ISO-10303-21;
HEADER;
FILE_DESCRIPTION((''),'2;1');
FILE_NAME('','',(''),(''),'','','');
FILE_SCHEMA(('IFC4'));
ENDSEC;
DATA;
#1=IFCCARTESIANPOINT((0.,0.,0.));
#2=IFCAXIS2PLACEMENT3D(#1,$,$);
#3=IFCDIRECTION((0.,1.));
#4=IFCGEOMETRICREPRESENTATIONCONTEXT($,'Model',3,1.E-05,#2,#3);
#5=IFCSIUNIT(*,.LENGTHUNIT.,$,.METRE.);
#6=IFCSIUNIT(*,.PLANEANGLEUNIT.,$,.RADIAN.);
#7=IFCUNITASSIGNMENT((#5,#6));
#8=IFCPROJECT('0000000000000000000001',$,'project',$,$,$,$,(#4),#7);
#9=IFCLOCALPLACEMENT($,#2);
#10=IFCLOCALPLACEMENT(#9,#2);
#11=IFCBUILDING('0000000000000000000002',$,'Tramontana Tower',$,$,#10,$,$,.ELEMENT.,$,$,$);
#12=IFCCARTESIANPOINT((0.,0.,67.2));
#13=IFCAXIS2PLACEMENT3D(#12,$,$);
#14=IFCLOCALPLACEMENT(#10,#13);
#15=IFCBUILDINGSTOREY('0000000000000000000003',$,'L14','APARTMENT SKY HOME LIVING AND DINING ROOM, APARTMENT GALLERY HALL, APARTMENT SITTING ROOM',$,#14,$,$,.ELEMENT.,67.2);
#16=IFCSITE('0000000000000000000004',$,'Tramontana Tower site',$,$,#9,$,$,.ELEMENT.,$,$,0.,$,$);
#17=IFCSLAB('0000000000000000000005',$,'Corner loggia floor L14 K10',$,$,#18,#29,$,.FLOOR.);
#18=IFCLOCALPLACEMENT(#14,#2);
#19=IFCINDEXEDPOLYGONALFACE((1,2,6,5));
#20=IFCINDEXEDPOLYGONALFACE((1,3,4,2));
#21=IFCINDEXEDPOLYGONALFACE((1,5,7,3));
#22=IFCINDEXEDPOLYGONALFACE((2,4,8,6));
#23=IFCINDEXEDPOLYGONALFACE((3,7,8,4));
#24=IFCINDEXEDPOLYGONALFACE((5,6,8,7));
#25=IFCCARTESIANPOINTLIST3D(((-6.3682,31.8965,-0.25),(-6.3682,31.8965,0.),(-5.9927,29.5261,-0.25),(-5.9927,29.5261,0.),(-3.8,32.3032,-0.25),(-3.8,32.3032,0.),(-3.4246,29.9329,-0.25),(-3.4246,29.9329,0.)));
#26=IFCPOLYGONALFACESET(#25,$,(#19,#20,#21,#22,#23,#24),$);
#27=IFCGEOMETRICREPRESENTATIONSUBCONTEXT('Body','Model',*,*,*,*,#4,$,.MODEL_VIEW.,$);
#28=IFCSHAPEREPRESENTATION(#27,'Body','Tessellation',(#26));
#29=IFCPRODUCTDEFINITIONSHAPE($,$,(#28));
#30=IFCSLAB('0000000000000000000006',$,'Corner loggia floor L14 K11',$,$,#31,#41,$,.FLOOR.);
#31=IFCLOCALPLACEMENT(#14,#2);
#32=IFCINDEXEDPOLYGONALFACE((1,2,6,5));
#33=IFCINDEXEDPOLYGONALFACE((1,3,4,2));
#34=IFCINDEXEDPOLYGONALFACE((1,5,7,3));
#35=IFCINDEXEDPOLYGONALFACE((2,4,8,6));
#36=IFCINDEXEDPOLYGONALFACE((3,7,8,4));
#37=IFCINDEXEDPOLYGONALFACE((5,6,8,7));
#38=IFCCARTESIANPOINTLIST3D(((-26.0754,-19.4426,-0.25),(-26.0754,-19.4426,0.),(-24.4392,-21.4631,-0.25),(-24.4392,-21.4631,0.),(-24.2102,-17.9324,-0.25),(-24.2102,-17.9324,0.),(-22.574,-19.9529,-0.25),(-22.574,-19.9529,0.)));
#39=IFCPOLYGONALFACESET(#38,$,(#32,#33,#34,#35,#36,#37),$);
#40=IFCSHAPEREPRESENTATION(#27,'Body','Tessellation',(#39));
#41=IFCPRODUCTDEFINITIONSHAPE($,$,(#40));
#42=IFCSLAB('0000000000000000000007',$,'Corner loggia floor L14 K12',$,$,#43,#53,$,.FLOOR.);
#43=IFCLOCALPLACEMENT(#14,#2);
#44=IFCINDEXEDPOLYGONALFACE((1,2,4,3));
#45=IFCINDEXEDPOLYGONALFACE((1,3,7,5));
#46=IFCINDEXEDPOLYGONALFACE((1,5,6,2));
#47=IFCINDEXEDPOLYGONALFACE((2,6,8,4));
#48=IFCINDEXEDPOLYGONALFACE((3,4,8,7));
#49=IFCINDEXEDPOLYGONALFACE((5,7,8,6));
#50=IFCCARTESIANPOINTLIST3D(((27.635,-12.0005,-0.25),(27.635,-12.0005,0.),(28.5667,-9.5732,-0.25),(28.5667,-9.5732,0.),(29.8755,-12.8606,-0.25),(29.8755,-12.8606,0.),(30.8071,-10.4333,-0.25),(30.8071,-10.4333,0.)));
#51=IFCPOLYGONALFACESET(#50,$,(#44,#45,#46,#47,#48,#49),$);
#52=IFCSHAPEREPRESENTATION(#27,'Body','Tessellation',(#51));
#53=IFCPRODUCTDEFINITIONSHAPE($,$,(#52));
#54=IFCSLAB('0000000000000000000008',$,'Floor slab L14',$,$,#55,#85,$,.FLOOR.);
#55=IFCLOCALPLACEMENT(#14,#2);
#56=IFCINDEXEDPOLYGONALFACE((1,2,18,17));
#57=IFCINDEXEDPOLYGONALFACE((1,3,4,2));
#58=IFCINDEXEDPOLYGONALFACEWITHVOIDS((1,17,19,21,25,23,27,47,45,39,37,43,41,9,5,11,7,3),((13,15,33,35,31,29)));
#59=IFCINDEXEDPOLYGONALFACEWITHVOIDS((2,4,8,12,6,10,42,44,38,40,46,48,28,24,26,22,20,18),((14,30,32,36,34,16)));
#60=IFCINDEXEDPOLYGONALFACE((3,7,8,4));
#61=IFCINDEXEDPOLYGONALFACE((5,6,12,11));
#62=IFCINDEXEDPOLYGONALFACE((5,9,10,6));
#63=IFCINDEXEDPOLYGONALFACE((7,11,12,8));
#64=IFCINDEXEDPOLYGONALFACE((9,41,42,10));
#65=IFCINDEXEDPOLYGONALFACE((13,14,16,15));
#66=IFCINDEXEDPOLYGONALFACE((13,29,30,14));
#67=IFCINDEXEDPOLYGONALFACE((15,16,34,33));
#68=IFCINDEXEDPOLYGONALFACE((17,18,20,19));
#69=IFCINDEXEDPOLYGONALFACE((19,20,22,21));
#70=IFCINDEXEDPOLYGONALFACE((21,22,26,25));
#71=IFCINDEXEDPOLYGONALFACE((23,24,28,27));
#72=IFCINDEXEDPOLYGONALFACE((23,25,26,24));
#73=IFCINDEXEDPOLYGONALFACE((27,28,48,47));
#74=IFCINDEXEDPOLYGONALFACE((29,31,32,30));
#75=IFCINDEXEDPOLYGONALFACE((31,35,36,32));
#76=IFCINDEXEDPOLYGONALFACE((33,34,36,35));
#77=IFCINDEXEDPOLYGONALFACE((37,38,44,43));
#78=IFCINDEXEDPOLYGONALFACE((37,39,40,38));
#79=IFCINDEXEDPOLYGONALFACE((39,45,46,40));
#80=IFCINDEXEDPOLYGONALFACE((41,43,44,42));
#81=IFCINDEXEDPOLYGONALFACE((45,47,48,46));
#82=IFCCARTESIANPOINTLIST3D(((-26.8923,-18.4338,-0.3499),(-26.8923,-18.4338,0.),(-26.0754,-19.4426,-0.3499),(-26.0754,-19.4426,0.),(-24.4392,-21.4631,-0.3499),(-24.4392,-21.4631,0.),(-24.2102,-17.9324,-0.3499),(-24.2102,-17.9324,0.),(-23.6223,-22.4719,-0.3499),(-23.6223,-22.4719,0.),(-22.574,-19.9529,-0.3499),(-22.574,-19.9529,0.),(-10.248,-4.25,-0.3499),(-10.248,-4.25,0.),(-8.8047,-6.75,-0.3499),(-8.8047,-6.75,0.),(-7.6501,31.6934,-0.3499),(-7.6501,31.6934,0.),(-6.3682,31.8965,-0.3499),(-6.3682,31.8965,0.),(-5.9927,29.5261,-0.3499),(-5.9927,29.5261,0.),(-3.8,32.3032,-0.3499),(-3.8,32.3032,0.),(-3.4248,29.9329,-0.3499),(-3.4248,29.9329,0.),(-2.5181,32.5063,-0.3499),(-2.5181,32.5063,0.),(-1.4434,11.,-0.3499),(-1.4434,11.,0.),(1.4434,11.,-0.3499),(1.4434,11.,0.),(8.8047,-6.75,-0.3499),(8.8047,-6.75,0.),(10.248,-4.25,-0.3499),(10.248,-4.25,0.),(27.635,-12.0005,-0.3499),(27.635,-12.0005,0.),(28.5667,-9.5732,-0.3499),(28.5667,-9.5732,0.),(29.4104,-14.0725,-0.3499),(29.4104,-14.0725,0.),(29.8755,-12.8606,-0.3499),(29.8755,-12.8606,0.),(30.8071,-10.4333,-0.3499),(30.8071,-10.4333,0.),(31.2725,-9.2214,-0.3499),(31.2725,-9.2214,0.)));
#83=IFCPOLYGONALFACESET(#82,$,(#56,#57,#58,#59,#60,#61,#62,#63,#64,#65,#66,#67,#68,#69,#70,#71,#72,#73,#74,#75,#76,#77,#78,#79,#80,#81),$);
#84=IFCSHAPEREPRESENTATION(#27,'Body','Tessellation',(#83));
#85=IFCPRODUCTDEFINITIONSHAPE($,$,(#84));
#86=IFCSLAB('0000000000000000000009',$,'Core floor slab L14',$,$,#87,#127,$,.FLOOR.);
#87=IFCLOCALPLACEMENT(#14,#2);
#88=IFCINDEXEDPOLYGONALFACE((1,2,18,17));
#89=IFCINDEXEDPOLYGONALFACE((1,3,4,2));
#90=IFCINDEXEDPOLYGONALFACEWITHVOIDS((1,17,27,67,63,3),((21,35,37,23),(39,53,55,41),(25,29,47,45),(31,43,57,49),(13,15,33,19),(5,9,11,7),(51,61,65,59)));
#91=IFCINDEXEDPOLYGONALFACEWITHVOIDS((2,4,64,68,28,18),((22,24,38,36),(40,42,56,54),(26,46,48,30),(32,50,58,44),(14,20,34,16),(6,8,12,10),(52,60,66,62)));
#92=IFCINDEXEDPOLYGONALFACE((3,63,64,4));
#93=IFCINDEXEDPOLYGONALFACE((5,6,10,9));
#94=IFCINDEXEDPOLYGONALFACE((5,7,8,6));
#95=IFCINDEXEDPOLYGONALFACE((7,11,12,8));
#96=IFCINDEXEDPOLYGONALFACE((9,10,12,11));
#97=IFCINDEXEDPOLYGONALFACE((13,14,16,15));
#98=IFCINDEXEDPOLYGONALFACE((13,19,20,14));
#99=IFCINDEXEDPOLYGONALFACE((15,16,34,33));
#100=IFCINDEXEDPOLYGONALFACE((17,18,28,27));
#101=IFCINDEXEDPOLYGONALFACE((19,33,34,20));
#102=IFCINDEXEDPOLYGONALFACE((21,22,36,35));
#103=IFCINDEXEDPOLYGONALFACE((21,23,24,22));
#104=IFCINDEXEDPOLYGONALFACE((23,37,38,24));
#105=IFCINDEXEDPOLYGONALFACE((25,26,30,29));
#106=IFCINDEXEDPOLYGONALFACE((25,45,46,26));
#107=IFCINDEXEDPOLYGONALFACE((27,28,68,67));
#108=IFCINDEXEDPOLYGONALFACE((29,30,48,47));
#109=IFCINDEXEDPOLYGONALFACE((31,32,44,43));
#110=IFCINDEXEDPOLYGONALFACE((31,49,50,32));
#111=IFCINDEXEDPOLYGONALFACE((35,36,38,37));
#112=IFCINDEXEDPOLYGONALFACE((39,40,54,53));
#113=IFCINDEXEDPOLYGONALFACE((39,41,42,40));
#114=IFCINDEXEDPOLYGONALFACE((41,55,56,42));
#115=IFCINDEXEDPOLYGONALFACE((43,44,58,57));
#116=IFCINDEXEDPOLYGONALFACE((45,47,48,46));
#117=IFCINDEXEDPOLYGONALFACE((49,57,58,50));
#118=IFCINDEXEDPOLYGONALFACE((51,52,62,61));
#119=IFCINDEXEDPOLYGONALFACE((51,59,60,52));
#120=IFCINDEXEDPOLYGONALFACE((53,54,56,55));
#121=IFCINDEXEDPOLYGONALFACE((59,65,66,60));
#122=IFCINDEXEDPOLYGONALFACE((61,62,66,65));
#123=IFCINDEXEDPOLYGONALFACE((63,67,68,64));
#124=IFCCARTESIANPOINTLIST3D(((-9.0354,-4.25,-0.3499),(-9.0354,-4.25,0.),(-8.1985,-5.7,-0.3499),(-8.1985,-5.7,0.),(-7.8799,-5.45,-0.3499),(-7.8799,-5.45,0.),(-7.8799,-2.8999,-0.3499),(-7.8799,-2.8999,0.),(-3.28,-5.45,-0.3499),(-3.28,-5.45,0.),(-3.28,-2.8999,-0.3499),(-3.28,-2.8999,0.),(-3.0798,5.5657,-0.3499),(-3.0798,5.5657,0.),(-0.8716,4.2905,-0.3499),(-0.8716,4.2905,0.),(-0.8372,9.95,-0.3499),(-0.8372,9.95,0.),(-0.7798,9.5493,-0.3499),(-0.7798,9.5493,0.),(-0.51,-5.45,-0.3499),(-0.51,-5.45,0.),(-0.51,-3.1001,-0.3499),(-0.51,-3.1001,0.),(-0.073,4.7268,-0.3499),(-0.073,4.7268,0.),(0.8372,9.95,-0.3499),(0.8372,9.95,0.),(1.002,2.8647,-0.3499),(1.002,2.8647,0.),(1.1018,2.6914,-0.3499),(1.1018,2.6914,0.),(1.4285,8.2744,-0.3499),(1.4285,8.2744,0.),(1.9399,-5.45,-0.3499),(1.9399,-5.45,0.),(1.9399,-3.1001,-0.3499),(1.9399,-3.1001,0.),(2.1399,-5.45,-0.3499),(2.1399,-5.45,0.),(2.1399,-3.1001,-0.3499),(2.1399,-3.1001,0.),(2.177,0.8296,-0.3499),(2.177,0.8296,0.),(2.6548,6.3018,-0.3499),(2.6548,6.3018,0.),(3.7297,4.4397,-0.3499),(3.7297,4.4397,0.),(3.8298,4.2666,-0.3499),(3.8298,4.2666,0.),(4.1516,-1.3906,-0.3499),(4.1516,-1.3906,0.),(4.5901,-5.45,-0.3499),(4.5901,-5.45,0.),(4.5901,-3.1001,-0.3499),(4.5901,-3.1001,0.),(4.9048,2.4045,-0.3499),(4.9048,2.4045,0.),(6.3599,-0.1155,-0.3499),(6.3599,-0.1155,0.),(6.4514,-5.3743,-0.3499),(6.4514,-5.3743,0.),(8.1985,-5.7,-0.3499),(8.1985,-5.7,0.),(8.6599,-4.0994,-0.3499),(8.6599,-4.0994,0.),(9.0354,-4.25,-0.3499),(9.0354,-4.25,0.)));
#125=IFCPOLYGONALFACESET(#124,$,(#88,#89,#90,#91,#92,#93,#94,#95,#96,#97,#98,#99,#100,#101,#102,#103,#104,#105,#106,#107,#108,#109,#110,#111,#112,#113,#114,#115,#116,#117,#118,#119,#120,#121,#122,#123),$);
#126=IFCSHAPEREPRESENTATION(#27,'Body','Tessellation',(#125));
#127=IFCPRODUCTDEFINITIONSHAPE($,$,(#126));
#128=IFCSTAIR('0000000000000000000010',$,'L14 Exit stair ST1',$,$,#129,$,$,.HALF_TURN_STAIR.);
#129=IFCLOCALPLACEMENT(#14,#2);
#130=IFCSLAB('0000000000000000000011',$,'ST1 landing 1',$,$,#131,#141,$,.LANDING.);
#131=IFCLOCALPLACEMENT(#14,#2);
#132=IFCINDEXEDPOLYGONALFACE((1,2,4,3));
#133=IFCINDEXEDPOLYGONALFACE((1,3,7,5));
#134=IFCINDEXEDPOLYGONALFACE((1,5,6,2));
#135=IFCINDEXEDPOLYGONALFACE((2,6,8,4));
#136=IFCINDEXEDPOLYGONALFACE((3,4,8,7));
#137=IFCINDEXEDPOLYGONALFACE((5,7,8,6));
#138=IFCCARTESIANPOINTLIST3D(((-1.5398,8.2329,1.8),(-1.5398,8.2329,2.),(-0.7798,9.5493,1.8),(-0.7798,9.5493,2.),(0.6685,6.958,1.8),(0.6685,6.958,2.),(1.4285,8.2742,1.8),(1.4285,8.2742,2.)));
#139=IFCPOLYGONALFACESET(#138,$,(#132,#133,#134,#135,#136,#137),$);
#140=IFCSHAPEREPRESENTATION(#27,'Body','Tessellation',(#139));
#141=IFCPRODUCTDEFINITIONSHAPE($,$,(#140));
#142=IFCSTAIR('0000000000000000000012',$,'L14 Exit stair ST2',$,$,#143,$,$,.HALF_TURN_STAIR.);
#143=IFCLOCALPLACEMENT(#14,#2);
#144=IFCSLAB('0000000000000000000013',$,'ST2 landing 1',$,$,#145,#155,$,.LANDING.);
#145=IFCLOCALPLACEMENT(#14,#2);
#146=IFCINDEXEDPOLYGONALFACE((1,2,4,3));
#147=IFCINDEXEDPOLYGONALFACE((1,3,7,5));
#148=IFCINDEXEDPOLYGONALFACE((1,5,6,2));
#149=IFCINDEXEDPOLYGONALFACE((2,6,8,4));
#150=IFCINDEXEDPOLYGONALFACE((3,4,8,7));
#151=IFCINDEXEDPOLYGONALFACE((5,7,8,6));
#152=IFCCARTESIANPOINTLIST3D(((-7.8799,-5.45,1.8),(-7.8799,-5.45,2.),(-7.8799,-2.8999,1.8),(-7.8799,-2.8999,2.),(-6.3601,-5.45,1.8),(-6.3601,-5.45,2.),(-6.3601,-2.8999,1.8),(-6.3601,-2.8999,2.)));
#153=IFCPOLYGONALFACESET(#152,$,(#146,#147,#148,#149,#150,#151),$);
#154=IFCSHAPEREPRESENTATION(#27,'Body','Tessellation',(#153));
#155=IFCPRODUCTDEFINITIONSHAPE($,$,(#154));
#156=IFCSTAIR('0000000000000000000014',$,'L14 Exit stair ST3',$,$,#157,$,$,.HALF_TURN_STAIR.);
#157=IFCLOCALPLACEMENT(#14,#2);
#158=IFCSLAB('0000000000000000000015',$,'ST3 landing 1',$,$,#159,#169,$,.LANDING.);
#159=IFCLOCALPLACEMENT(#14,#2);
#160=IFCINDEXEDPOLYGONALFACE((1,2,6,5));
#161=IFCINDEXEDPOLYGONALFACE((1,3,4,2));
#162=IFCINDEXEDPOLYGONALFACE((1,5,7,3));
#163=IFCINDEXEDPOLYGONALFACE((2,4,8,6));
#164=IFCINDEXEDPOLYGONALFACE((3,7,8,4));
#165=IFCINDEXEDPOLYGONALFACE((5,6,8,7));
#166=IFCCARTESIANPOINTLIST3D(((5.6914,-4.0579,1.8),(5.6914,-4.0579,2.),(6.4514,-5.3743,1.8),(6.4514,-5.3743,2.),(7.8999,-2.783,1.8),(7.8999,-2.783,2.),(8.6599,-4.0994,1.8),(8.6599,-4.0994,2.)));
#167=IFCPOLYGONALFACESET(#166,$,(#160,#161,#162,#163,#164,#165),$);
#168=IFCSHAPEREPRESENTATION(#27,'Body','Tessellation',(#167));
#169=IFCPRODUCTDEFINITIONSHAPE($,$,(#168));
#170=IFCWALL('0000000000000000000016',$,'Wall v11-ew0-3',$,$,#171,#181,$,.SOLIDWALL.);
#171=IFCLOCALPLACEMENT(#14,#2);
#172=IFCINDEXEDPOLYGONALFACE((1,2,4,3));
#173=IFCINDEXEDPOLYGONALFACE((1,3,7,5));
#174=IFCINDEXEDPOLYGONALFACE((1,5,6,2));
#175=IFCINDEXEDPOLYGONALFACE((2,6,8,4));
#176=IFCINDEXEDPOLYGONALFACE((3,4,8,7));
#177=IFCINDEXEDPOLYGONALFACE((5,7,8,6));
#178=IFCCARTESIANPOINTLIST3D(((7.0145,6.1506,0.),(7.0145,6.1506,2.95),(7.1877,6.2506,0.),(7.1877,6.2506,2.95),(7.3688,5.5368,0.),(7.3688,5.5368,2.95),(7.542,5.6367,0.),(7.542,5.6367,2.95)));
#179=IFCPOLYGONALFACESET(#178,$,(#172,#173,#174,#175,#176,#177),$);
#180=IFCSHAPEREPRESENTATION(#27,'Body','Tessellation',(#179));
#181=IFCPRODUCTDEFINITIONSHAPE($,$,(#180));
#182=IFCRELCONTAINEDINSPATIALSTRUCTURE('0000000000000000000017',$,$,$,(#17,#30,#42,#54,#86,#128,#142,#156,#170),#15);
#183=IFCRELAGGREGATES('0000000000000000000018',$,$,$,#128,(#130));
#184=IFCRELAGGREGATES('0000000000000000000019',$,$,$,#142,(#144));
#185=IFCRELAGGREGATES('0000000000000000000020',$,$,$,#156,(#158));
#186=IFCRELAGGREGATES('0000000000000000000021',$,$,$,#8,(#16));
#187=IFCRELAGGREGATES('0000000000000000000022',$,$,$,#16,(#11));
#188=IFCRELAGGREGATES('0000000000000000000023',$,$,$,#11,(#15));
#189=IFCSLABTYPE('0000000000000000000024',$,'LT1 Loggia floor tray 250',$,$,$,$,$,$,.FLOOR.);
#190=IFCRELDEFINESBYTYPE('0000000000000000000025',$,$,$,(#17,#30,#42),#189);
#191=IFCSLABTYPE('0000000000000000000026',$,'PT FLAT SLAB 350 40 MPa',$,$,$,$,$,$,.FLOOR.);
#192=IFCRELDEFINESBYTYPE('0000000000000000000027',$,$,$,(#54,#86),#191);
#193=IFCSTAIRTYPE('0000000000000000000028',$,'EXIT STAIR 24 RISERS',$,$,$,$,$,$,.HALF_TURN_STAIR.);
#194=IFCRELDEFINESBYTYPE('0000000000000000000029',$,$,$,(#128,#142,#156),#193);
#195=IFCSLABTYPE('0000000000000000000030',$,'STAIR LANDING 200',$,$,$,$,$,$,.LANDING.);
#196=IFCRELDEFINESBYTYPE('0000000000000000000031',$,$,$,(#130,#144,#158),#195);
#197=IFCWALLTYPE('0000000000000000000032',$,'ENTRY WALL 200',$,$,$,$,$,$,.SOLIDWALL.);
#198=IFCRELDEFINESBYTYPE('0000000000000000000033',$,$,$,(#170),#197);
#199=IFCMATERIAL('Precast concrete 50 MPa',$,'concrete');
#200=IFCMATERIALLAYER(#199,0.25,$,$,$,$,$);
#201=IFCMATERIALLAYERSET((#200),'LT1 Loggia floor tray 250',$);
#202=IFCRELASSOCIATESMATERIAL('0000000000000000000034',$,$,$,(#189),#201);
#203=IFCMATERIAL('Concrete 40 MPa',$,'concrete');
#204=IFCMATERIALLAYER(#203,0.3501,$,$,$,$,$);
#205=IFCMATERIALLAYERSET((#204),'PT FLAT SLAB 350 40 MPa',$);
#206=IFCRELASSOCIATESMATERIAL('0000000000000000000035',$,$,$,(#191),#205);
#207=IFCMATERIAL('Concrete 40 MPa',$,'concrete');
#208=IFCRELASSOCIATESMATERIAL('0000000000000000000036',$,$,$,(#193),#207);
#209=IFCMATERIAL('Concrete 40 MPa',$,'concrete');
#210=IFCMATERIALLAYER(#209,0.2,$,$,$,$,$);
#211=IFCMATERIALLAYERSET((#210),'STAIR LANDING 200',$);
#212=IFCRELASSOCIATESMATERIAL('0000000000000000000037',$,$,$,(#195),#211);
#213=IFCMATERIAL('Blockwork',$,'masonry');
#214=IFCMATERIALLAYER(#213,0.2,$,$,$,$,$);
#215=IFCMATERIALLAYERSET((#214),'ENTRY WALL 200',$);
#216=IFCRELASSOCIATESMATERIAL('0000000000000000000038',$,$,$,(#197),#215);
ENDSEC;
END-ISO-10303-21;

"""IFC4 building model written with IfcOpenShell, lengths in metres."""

from ifc_helpers import new_model, si_unit, direction, frame, frame_2d, origin, place, context, subcontext, project, spatial, polyline, rectangle, outline, extrude, material, layer, layer_set, type_object, element, aggregate, save


model = new_model("IFC4")

# Units and contexts
model_context = context("Model", 3, precision=1e-05, world=origin(), true_north=direction((0.0, 1.0)))
body_context = subcontext(model_context, "Body", "Model", "MODEL_VIEW")
ifc_project = project(units=[si_unit("LENGTHUNIT", "METRE"), si_unit("PLANEANGLEUNIT", "RADIAN")], contexts=[model_context])

# Site, building, storey
site_placement = place(None, origin())
site = spatial("IfcSite", under=ifc_project, at=site_placement, Name="Tramontana Tower site", CompositionType="ELEMENT", RefElevation=0.0)
building_placement = place(site_placement, origin())
building = spatial("IfcBuilding", under=site, at=building_placement, Name="Tramontana Tower", CompositionType="ELEMENT")
storey_placement = place(building_placement, frame((0.0, 0.0, 67.2)))
storey = spatial("IfcBuildingStorey", under=building, at=storey_placement, Name="L14", Description="APARTMENT SKY HOME LIVING AND DINING ROOM, APARTMENT GALLERY HALL, APARTMENT SITTING ROOM", CompositionType="ELEMENT", Elevation=67.2)

# Slabs
ifc_material_1 = material(Name="Precast concrete 50 MPa", Category="concrete")
ifc_layer_1 = layer(ifc_material_1, 0.25)
ifc_layer_set_1 = layer_set([ifc_layer_1], Name="LT1 Loggia floor tray 250")
slab_type_1 = type_object("IfcSlabType", Name="LT1 Loggia floor tray 250", PredefinedType="FLOOR", material=ifc_layer_set_1)
slab_1_placement = place(storey_placement, frame((0.0, 0.0, -0.25)))
element("IfcSlab", 1, at=slab_1_placement, inside=storey, type_object=slab_type_1, Name="Corner loggia floor L14 K10", PredefinedType="FLOOR", context=body_context, shape_type="SweptSolid", body=[
    extrude(outline(polyline([(-3.8, 32.3032), (-3.4246, 29.9329), (-5.9927, 29.5261), (-6.3682, 31.8965), (-3.8, 32.3032)])), origin(), (0.0, 0.0, 1.0), 0.25),
])
slab_2_placement = place(storey_placement, frame((0.0, 0.0, -0.25)))
element("IfcSlab", 2, at=slab_2_placement, inside=storey, type_object=slab_type_1, Name="Corner loggia floor L14 K11", PredefinedType="FLOOR", context=body_context, shape_type="SweptSolid", body=[
    extrude(outline(polyline([(-26.0754, -19.4426), (-24.2102, -17.9324), (-22.574, -19.9529), (-24.4392, -21.4631), (-26.0754, -19.4426)])), origin(), (0.0, 0.0, 1.0), 0.25),
])
slab_3_placement = place(storey_placement, frame((0.0, 0.0, -0.25)))
element("IfcSlab", 3, at=slab_3_placement, inside=storey, type_object=slab_type_1, Name="Corner loggia floor L14 K12", PredefinedType="FLOOR", context=body_context, shape_type="SweptSolid", body=[
    extrude(outline(polyline([(29.8755, -12.8606), (27.635, -12.0005), (28.5667, -9.5732), (30.8071, -10.4333), (29.8755, -12.8606)])), origin(), (0.0, 0.0, 1.0), 0.25),
])
ifc_material_2 = material(Name="Concrete 40 MPa", Category="concrete")
ifc_layer_2 = layer(ifc_material_2, 0.3501)
ifc_layer_set_2 = layer_set([ifc_layer_2], Name="PT FLAT SLAB 350 40 MPa")
slab_type_2 = type_object("IfcSlabType", Name="PT FLAT SLAB 350 40 MPa", PredefinedType="FLOOR", material=ifc_layer_set_2)
slab_4_placement = place(storey_placement, frame((0.0, 0.0, -0.3499)))
element("IfcSlab", 4, at=slab_4_placement, inside=storey, type_object=slab_type_2, Name="Floor slab L14", PredefinedType="FLOOR", context=body_context, shape_type="SweptSolid", body=[
    extrude(outline(polyline([(30.8071, -10.4333), (28.5667, -9.5732), (27.635, -12.0005), (29.8755, -12.8606), (29.4104, -14.0725), (-23.6223, -22.4719), (-24.4392, -21.4631), (-22.574, -19.9529), (-24.2102, -17.9324), (-26.0754, -19.4426), (-26.8923, -18.4338), (-7.6501, 31.6934), (-6.3682, 31.8965), (-5.9927, 29.5261), (-3.4248, 29.9329), (-3.8, 32.3032), (-2.5181, 32.5063), (31.2725, -9.2214), (30.8071, -10.4333)]), holes=[polyline([(-10.248, -4.25), (-8.8047, -6.75), (8.8047, -6.75), (10.248, -4.25), (1.4434, 11.0), (-1.4434, 11.0), (-10.248, -4.25)])]), origin(), (0.0, 0.0, 1.0), 0.3499),
])
slab_5_placement = place(storey_placement, frame((0.0, 0.0, -0.3499)))
element("IfcSlab", 5, at=slab_5_placement, inside=storey, type_object=slab_type_2, Name="Core floor slab L14", PredefinedType="FLOOR", context=body_context, shape_type="SweptSolid", body=[
    extrude(outline(polyline([(9.0354, -4.25), (8.1985, -5.7), (-8.1985, -5.7), (-9.0354, -4.25), (-0.8372, 9.95), (0.8372, 9.95), (9.0354, -4.25)]), holes=[polyline([(8.6599, -4.0994), (6.3599, -0.1155), (4.1516, -1.3906), (6.4514, -5.3743), (8.6599, -4.0994)]), polyline([(3.8298, 4.2666), (1.1018, 2.6914), (2.177, 0.8296), (4.9048, 2.4045), (3.8298, 4.2666)]), polyline([(4.5901, -3.1001), (2.1399, -3.1001), (2.1399, -5.45), (4.5901, -5.45), (4.5901, -3.1001)]), polyline([(2.6548, 6.3018), (-0.073, 4.7268), (1.002, 2.8647), (3.7297, 4.4397), (2.6548, 6.3018)]), polyline([(1.9399, -5.45), (1.9399, -3.1001), (-0.51, -3.1001), (-0.51, -5.45), (1.9399, -5.45)]), polyline([(-0.7798, 9.5493), (-3.0798, 5.5657), (-0.8716, 4.2905), (1.4285, 8.2744), (-0.7798, 9.5493)]), polyline([(-7.8799, -5.45), (-3.28, -5.45), (-3.28, -2.8999), (-7.8799, -2.8999), (-7.8799, -5.45)])]), origin(), (0.0, 0.0, 1.0), 0.3499),
])

# Stairs, slabs
ifc_material_3 = material(Name="Concrete 40 MPa", Category="concrete")
stair_type = type_object("IfcStairType", Name="EXIT STAIR 24 RISERS", PredefinedType="HALF_TURN_STAIR", material=ifc_material_3)
stair_1_placement = place(storey_placement, origin())
stair_1 = element("IfcStair", 6, at=stair_1_placement, inside=storey, type_object=stair_type, Name="L14 Exit stair ST1", PredefinedType="HALF_TURN_STAIR")
ifc_material_4 = material(Name="Concrete 40 MPa", Category="concrete")
ifc_layer_3 = layer(ifc_material_4, 0.2)
ifc_layer_set_3 = layer_set([ifc_layer_3], Name="STAIR LANDING 200")
slab_type_3 = type_object("IfcSlabType", Name="STAIR LANDING 200", PredefinedType="LANDING", material=ifc_layer_set_3)
slab_6_placement = place(storey_placement, frame((0.0, 0.0, 1.8)))
slab_6 = element("IfcSlab", 7, at=slab_6_placement, type_object=slab_type_3, Name="ST1 landing 1", PredefinedType="LANDING", context=body_context, shape_type="SweptSolid", body=[
    extrude(outline(polyline([(0.6685, 6.958), (1.4285, 8.2742), (-0.7798, 9.5493), (-1.5398, 8.2329), (0.6685, 6.958)])), origin(), (0.0, 0.0, 1.0), 0.2),
])
aggregate(stair_1, [slab_6])
stair_2_placement = place(storey_placement, origin())
stair_2 = element("IfcStair", 8, at=stair_2_placement, inside=storey, type_object=stair_type, Name="L14 Exit stair ST2", PredefinedType="HALF_TURN_STAIR")
slab_7_placement = place(storey_placement, frame((0.0, 0.0, 1.8)))
slab_7 = element("IfcSlab", 9, at=slab_7_placement, type_object=slab_type_3, Name="ST2 landing 1", PredefinedType="LANDING", context=body_context, shape_type="SweptSolid", body=[
    extrude(outline(polyline([(-6.3601, -2.8999), (-7.8799, -2.8999), (-7.8799, -5.45), (-6.3601, -5.45), (-6.3601, -2.8999)])), origin(), (0.0, 0.0, 1.0), 0.2),
])
aggregate(stair_2, [slab_7])
stair_3_placement = place(storey_placement, origin())
stair_3 = element("IfcStair", 10, at=stair_3_placement, inside=storey, type_object=stair_type, Name="L14 Exit stair ST3", PredefinedType="HALF_TURN_STAIR")
slab_8_placement = place(storey_placement, frame((0.0, 0.0, 1.8)))
slab_8 = element("IfcSlab", 11, at=slab_8_placement, type_object=slab_type_3, Name="ST3 landing 1", PredefinedType="LANDING", context=body_context, shape_type="SweptSolid", body=[
    extrude(outline(polyline([(5.6914, -4.0579), (6.4514, -5.3743), (8.6599, -4.0994), (7.8999, -2.783), (5.6914, -4.0579)])), origin(), (0.0, 0.0, 1.0), 0.2),
])

# Wall
ifc_material_5 = material(Name="Blockwork", Category="masonry")
ifc_layer_4 = layer(ifc_material_5, 0.2)
ifc_layer_set_4 = layer_set([ifc_layer_4], Name="ENTRY WALL 200")
wall_type_1 = type_object("IfcWallType", Name="ENTRY WALL 200", PredefinedType="SOLIDWALL", material=ifc_layer_set_4)
wall_1_placement = place(storey_placement, frame((7.1011, 6.2007, 0.0), z_axis=(0.0, 0.0, 1.0), x_axis=(0.499882, -0.866094, 0.0)))
element("IfcWall", 12, at=wall_1_placement, inside=storey, type_object=wall_type_1, Name="Wall v11-ew0-3", PredefinedType="SOLIDWALL", context=body_context, shape_type="SweptSolid", body=[
    extrude(rectangle(XDim=0.7087, YDim=0.2, at=frame_2d((0.3545, 0.0))), origin(), (0.0, 0.0, 1.0), 2.95),
])

aggregate(stair_3, [slab_8])

save(model, "model.ifc")
